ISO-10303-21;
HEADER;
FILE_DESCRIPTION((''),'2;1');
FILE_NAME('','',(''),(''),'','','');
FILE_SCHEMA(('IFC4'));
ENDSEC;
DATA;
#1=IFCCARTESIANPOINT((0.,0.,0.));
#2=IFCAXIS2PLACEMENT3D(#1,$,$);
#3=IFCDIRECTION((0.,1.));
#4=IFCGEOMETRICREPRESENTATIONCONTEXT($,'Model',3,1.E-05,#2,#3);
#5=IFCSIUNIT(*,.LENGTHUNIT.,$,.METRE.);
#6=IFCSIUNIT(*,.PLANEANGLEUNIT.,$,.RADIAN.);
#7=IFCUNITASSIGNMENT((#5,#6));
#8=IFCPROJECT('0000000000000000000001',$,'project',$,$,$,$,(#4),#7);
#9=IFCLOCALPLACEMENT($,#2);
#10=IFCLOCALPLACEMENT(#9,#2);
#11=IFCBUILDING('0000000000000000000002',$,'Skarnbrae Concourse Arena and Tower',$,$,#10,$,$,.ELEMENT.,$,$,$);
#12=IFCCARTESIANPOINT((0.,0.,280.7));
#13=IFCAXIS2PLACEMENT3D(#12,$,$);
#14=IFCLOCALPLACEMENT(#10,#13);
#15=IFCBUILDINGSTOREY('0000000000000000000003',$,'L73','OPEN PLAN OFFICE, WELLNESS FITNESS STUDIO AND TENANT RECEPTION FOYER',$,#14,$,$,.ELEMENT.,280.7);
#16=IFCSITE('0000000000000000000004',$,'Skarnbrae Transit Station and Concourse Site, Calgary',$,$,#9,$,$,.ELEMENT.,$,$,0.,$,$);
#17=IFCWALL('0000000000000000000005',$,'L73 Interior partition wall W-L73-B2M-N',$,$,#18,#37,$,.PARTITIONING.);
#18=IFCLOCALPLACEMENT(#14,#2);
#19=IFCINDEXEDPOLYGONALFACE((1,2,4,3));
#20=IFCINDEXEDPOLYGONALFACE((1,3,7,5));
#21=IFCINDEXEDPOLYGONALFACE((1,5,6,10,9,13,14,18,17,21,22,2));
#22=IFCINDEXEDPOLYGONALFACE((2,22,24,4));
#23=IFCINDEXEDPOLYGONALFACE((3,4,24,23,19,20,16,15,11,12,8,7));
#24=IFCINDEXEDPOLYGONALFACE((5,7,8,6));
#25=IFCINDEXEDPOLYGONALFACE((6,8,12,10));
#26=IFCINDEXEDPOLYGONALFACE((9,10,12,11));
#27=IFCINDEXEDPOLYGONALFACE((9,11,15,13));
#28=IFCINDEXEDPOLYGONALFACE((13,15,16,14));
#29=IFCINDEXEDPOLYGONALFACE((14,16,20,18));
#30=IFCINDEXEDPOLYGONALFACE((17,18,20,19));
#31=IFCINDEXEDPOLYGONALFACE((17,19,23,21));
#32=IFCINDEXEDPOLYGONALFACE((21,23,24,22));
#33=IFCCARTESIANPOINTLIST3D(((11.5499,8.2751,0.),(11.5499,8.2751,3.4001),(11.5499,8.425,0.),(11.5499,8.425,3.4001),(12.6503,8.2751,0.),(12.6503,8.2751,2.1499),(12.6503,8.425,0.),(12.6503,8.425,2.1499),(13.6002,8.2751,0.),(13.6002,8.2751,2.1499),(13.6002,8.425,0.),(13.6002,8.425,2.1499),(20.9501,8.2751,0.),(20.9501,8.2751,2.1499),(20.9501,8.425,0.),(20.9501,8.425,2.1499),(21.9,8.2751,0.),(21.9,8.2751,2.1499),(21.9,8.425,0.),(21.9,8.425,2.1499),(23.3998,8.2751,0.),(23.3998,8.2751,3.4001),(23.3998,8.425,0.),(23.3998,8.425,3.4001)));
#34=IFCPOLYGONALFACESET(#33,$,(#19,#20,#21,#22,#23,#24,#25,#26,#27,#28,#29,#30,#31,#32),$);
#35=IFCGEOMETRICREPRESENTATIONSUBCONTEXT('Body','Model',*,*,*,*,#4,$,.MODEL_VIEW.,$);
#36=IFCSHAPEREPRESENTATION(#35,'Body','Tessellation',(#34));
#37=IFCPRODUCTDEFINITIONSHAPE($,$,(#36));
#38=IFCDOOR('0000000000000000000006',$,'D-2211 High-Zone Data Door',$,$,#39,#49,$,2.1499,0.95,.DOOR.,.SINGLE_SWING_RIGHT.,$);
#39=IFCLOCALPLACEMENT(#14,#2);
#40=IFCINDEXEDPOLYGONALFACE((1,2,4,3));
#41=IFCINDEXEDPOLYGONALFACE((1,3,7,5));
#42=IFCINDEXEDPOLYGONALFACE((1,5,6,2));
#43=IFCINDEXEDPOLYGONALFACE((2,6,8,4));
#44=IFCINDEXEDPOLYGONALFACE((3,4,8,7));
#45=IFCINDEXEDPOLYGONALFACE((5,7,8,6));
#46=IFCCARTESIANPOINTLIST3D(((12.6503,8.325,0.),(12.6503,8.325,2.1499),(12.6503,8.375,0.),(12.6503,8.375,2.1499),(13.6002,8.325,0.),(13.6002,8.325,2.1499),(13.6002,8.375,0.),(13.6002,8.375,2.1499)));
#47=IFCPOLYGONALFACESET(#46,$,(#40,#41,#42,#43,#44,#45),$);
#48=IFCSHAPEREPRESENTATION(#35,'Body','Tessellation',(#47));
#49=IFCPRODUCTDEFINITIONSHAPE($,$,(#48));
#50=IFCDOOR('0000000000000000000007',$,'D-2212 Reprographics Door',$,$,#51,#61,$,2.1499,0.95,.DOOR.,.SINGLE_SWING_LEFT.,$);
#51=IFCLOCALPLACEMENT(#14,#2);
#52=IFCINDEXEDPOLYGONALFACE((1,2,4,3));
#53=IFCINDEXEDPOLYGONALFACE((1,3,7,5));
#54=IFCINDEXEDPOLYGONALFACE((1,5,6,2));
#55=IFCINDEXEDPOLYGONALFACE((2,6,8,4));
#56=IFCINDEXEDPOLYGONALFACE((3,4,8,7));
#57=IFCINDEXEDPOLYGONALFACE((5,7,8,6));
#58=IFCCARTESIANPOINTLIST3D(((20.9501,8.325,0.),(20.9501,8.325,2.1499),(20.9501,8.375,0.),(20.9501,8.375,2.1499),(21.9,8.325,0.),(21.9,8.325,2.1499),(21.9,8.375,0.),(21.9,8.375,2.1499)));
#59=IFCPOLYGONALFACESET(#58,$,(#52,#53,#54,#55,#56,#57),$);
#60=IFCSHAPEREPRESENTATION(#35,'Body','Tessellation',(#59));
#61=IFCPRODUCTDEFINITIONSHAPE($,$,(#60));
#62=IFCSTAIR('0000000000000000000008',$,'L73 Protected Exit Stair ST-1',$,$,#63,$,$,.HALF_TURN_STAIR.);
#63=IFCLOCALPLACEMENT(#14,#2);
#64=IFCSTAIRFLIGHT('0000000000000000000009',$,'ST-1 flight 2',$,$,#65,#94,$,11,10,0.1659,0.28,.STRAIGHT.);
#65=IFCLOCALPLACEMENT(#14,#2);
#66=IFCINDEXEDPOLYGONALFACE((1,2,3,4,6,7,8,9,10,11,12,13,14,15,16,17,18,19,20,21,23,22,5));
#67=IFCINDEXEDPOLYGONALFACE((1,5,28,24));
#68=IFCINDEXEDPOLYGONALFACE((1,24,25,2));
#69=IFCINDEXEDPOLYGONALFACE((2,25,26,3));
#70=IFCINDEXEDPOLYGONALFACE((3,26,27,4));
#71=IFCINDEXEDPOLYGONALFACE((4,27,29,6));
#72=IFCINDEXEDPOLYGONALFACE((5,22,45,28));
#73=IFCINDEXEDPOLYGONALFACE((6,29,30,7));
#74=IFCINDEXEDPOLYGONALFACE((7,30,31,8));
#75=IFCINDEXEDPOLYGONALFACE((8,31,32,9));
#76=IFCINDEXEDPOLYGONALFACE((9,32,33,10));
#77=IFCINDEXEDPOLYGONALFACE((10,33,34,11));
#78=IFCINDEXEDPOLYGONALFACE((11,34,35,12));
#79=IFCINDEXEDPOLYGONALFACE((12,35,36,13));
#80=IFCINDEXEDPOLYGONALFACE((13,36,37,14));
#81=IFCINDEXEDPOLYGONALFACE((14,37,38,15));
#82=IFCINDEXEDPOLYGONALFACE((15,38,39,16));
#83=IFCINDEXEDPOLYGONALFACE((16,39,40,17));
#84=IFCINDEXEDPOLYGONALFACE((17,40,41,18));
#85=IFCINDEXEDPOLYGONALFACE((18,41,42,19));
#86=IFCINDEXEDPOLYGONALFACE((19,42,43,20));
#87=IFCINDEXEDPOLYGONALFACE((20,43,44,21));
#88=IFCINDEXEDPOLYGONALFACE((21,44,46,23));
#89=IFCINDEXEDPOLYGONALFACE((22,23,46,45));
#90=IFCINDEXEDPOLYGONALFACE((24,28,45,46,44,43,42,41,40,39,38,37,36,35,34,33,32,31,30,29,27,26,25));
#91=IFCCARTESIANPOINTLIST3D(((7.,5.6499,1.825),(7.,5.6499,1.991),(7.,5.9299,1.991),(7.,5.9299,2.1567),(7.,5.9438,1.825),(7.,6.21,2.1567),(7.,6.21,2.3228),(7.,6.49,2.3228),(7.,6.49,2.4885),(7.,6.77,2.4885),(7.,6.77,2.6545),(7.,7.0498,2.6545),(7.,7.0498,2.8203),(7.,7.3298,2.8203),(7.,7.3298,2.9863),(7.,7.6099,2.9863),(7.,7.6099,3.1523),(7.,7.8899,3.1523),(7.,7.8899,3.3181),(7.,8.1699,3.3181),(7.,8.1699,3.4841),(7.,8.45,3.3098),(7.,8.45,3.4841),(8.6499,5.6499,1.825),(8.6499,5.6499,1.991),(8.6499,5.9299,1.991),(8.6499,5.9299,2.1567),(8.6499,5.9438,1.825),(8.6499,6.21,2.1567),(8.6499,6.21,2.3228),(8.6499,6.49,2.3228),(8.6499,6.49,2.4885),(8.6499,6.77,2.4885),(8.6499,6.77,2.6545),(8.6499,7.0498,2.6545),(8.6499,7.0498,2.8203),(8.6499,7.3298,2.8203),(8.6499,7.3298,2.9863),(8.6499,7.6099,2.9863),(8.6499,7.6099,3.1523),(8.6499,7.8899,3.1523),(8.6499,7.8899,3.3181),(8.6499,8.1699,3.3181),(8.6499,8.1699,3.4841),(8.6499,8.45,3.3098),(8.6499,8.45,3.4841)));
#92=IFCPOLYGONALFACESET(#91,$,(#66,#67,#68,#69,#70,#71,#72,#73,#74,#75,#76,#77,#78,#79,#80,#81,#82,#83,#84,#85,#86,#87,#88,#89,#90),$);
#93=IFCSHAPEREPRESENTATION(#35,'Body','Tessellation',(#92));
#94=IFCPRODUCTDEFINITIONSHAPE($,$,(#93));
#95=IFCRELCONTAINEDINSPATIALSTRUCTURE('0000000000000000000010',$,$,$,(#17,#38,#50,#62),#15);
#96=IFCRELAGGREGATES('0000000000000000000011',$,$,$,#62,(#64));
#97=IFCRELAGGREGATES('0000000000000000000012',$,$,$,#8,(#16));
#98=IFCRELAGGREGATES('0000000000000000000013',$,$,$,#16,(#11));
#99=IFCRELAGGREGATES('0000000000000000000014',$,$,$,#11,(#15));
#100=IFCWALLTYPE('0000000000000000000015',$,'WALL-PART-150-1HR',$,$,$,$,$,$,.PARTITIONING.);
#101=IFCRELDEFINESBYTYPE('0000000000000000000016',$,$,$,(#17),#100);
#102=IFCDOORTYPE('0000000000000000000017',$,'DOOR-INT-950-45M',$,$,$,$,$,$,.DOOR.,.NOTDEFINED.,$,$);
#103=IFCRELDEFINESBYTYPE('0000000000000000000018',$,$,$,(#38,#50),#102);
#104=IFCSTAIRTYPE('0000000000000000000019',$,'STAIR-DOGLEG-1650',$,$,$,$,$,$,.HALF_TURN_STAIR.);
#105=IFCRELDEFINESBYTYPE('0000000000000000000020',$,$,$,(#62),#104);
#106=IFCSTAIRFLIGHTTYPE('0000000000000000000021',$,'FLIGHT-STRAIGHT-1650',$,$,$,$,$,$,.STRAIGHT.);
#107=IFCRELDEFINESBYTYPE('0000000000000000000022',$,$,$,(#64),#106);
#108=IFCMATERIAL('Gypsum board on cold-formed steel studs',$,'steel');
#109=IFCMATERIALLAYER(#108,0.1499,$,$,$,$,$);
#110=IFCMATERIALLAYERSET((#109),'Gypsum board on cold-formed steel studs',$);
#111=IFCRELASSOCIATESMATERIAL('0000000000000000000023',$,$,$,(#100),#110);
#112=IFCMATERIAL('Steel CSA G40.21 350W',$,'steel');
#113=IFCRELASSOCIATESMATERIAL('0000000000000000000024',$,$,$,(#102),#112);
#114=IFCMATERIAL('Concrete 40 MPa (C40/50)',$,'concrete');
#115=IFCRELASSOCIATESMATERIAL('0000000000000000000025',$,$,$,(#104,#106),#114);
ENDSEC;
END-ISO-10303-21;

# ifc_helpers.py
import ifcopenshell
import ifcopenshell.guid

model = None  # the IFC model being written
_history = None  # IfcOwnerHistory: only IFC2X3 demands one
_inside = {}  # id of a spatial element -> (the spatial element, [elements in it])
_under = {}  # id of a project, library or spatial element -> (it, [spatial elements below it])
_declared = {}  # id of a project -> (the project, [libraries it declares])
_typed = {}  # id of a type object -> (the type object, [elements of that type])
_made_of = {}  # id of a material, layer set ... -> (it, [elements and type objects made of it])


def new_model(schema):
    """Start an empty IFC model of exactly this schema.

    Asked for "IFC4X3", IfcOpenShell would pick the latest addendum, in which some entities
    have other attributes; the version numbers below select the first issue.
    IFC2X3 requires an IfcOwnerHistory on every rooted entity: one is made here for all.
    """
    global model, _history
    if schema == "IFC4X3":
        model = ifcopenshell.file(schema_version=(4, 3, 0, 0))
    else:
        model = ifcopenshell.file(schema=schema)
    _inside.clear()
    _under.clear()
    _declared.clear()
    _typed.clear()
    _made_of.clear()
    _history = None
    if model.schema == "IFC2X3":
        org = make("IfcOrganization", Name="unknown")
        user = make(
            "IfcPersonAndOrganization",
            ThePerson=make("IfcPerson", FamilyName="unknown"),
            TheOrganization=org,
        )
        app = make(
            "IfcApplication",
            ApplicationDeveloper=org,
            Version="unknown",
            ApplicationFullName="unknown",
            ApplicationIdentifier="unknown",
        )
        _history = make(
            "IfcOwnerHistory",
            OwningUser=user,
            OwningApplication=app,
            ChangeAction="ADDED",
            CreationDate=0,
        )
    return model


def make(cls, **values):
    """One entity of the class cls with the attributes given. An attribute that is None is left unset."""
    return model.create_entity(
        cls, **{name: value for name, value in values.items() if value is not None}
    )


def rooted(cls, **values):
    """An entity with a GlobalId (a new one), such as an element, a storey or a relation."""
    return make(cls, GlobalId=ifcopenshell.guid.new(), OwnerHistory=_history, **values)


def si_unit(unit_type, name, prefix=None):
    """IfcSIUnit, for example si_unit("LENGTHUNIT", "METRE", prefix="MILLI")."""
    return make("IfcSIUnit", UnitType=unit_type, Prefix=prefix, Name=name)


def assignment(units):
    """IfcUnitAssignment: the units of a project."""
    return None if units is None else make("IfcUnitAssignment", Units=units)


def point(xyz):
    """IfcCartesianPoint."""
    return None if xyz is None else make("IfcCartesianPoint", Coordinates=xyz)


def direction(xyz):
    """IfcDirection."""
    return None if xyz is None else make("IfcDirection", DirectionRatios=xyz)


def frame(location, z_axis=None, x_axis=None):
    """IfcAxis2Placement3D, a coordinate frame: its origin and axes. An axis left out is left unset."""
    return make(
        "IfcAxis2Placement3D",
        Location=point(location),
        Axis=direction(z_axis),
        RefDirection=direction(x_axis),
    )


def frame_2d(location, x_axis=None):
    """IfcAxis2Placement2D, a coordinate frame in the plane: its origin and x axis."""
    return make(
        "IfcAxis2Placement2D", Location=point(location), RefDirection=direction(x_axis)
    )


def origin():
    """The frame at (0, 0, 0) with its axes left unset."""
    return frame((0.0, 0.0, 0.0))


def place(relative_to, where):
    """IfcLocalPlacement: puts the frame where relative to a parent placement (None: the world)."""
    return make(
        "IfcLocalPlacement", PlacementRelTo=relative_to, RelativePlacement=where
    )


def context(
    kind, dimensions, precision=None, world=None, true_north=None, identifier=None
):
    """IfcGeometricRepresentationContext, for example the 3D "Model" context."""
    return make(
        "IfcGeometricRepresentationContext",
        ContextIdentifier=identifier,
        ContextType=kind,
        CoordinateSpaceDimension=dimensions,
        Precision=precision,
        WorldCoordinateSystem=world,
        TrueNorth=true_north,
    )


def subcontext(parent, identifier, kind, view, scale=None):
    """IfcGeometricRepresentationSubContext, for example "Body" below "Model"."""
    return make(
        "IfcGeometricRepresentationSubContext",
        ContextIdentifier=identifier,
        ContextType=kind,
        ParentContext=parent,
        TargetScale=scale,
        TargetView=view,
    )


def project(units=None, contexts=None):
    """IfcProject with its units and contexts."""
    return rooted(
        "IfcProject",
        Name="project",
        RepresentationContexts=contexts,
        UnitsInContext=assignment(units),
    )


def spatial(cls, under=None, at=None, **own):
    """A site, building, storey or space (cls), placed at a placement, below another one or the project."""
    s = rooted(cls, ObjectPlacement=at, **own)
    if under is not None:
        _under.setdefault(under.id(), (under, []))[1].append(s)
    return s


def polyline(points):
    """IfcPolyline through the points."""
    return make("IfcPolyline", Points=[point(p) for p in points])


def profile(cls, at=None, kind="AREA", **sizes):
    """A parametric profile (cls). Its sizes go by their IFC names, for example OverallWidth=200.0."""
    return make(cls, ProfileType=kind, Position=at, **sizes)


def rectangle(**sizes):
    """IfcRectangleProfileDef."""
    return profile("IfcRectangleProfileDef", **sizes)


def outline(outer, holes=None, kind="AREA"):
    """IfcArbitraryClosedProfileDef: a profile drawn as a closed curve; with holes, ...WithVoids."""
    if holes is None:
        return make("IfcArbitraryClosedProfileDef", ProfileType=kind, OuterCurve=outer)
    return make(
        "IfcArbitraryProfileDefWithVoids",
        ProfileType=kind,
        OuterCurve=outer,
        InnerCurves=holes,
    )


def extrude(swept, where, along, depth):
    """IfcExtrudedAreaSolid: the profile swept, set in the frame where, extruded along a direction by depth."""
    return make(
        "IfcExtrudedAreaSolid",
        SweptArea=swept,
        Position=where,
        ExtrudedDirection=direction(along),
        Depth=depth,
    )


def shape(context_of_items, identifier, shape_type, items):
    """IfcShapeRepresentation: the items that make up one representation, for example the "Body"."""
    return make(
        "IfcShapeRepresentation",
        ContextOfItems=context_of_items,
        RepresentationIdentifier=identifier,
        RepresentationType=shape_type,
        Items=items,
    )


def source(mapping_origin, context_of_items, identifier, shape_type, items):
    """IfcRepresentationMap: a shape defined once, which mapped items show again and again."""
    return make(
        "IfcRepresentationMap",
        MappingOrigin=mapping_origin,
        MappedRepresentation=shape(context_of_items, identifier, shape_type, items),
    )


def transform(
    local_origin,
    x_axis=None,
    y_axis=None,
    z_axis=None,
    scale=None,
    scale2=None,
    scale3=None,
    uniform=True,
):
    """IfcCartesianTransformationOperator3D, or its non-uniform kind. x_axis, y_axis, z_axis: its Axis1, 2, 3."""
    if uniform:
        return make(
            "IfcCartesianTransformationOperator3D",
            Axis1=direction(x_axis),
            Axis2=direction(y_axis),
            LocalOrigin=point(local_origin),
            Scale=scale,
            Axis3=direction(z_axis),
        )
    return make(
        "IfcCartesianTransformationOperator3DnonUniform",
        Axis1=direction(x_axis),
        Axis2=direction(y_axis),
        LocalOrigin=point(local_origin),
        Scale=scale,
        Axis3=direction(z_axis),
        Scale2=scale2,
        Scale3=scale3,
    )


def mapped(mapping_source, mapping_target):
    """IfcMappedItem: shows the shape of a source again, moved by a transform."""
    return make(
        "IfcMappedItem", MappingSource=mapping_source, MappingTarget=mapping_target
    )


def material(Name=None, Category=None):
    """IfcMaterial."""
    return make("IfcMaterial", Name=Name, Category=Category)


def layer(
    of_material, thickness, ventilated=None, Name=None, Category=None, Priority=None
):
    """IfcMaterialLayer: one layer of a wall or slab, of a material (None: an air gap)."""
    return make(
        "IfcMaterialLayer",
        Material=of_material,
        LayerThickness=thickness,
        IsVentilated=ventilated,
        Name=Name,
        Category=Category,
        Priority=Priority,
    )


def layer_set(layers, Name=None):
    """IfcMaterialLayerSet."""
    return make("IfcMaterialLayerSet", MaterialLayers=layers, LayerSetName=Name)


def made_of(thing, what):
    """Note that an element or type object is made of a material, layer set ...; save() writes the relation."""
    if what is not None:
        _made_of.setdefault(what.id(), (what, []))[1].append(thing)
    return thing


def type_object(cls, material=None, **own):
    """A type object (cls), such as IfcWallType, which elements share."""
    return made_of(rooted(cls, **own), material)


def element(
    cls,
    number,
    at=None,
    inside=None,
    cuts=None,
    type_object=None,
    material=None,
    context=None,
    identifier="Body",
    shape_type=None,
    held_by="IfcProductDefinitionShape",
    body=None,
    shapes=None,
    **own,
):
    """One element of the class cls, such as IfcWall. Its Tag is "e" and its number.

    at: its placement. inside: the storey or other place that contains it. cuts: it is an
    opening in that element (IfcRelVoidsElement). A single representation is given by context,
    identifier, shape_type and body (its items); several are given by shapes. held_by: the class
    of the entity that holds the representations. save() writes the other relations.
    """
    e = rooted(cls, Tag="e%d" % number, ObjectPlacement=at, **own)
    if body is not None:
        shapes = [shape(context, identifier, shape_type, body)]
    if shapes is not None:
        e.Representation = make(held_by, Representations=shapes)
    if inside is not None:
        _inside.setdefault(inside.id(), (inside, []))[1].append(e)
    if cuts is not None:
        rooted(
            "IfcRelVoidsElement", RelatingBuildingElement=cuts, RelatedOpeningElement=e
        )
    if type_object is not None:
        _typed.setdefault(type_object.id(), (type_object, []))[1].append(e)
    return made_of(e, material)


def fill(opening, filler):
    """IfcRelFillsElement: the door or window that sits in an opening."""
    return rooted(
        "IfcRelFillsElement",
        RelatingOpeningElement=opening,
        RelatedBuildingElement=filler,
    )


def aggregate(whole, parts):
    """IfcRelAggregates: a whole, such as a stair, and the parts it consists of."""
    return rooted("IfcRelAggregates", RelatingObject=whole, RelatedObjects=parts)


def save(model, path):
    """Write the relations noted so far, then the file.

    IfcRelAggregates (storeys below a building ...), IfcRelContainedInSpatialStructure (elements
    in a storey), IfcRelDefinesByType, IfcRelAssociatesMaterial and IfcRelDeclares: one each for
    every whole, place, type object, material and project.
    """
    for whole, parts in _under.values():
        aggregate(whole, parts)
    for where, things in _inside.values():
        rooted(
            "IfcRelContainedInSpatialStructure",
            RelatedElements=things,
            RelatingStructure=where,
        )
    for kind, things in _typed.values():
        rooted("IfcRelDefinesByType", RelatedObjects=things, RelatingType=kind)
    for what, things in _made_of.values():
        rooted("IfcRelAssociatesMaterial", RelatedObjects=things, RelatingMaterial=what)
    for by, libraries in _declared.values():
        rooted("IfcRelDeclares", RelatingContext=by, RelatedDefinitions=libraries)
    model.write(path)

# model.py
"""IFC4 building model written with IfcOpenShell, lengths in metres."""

from ifc_helpers import new_model, si_unit, direction, frame, frame_2d, origin, place, context, subcontext, project, spatial, polyline, rectangle, outline, extrude, source, transform, mapped, material, layer, layer_set, type_object, element, fill, aggregate, save


model = new_model("IFC4")

# Units and contexts
model_context = context("Model", 3, precision=1e-05, world=origin(), true_north=direction((0.0, 1.0)))
body_context = subcontext(model_context, "Body", "Model", "MODEL_VIEW")
ifc_project = project(units=[si_unit("LENGTHUNIT", "METRE"), si_unit("PLANEANGLEUNIT", "RADIAN")], contexts=[model_context])

# Site, building, storey
site_placement = place(None, origin())
site = spatial("IfcSite", under=ifc_project, at=site_placement, Name="Skarnbrae Transit Station and Concourse Site, Calgary", CompositionType="ELEMENT", RefElevation=0.0)
building_placement = place(site_placement, origin())
building = spatial("IfcBuilding", under=site, at=building_placement, Name="Skarnbrae Concourse Arena and Tower", CompositionType="ELEMENT")
storey_placement = place(building_placement, frame((0.0, 0.0, 280.7)))
storey = spatial("IfcBuildingStorey", under=building, at=storey_placement, Name="L73", Description="OPEN PLAN OFFICE, WELLNESS FITNESS STUDIO AND TENANT RECEPTION FOYER", CompositionType="ELEMENT", Elevation=280.7)

# Shared definitions
ifc_material_1 = material(Name="Gypsum board on cold-formed steel studs", Category="steel")

# Shared definitions
ifc_material_2 = material(Name="Steel CSA G40.21 350W", Category="steel")

# Shared definitions
ifc_layer_1 = layer(ifc_material_1, 0.1499)
ifc_layer_set_1 = layer_set([ifc_layer_1], Name="Gypsum board on cold-formed steel studs")
wall_type_1 = type_object("IfcWallType", Name="WALL-PART-150-1HR", PredefinedType="PARTITIONING", material=ifc_layer_set_1)

# Shared definitions
door_type_1 = type_object("IfcDoorType", Name="DOOR-INT-950-45M", OperationType="NOTDEFINED", PredefinedType="DOOR", material=ifc_material_2)
shared_shape_1 = source(origin(), body_context, "Body", "SweptSolid", [
    extrude(rectangle(XDim=0.95, YDim=2.1499, at=frame_2d((0.4751, 1.075))), frame((0.0, 0.0249, 0.0), z_axis=(0.0, -1.0, 0.0), x_axis=(1.0, 0.0, 0.0)), (0.0, 0.0, 1.0), 0.05),
])

# Shared definitions
shared_shape_2 = source(origin(), body_context, "Body", "SweptSolid", [
    extrude(rectangle(XDim=11.8499, YDim=0.1499, at=frame_2d((5.9248, 0.0))), origin(), (0.0, 0.0, 1.0), 3.4001),
])

# Wall, openings, doors
wall_1_placement = place(storey_placement, frame((11.55, 8.3501, 0.0), z_axis=(0.0, 0.0, 1.0), x_axis=(1.0, 0.0, 0.0)))
wall_1 = element("IfcWall", 1, at=wall_1_placement, inside=storey, type_object=wall_type_1, Name="L73 Interior partition wall W-L73-B2M-N", PredefinedType="PARTITIONING", context=body_context, shape_type="MappedRepresentation", body=[
    mapped(shared_shape_2, transform((0.0, 0.0, 0.0))),
])
opening_1_placement = place(wall_1_placement, frame((1.1001, 0.0, 0.0)))
opening_1 = element("IfcOpeningElement", 2, at=opening_1_placement, cuts=wall_1, PredefinedType="OPENING", context=body_context, shape_type="SweptSolid", body=[
    extrude(rectangle(XDim=0.95, YDim=2.1499, at=frame_2d((0.4751, 1.075))), frame((0.0, 0.085, 0.0), z_axis=(0.0, -1.0, 0.0), x_axis=(1.0, 0.0, 0.0)), (0.0, 0.0, 1.0), 0.1699),
])
opening_2_placement = place(wall_1_placement, frame((9.3999, 0.0, 0.0)))
opening_2 = element("IfcOpeningElement", 3, at=opening_2_placement, cuts=wall_1, PredefinedType="OPENING", context=body_context, shape_type="SweptSolid", body=[
    extrude(rectangle(XDim=0.95, YDim=2.1499, at=frame_2d((0.4751, 1.075))), frame((0.0, 0.085, 0.0), z_axis=(0.0, -1.0, 0.0), x_axis=(1.0, 0.0, 0.0)), (0.0, 0.0, 1.0), 0.1699),
])
door_1_placement = place(opening_1_placement, origin())
door_1 = element("IfcDoor", 4, at=door_1_placement, inside=storey, type_object=door_type_1, Name="D-2211 High-Zone Data Door", OperationType="SINGLE_SWING_RIGHT", OverallHeight=2.1499, OverallWidth=0.95, PredefinedType="DOOR", context=body_context, shape_type="MappedRepresentation", body=[
    mapped(shared_shape_1, transform((0.0, 0.0, 0.0))),
])
fill(opening_1, door_1)
door_2_placement = place(opening_2_placement, origin())
door_2 = element("IfcDoor", 5, at=door_2_placement, inside=storey, type_object=door_type_1, Name="D-2212 Reprographics Door", OperationType="SINGLE_SWING_LEFT", OverallHeight=2.1499, OverallWidth=0.95, PredefinedType="DOOR", context=body_context, shape_type="MappedRepresentation", body=[
    mapped(shared_shape_1, transform((0.0, 0.0, 0.0))),
])
fill(opening_2, door_2)

# Stair, stair flight
ifc_material_3 = material(Name="Concrete 40 MPa (C40/50)", Category="concrete")
stair_type = type_object("IfcStairType", Name="STAIR-DOGLEG-1650", PredefinedType="HALF_TURN_STAIR", material=ifc_material_3)
stair_placement = place(storey_placement, origin())
stair = element("IfcStair", 6, at=stair_placement, inside=storey, type_object=stair_type, Name="L73 Protected Exit Stair ST-1", PredefinedType="HALF_TURN_STAIR")
stair_flight_type = type_object("IfcStairFlightType", Name="FLIGHT-STRAIGHT-1650", PredefinedType="STRAIGHT", material=ifc_material_3)
shared_shape_3 = source(origin(), body_context, "Body", "SweptSolid", [
    extrude(outline(polyline([(0.0, 0.0), (0.0, 0.166), (0.28, 0.166), (0.28, 0.3318), (0.5601, 0.3318), (0.5601, 0.4978), (0.8401, 0.4978), (0.8401, 0.6636), (1.1201, 0.6636), (1.1201, 0.8296), (1.3999, 0.8296), (1.3999, 0.9954), (1.6799, 0.9954), (1.6799, 1.1614), (1.96, 1.1614), (1.96, 1.3274), (2.24, 1.3274), (2.24, 1.4932), (2.52, 1.4932), (2.52, 1.6592), (2.8, 1.6592), (2.8, 1.825), (2.8, 1.4849), (0.2939, 0.0), (0.0, 0.0)])), frame((0.0, 0.825, 0.0), z_axis=(0.0, -1.0, 0.0), x_axis=(1.0, 0.0, 0.0)), (0.0, 0.0, 1.0), 1.6499),
])
stair_flight_placement = place(storey_placement, frame((7.825, 5.6499, 1.825), z_axis=(0.0, 0.0, 1.0), x_axis=(0.0, 1.0, 0.0)))
stair_flight = element("IfcStairFlight", 7, at=stair_flight_placement, type_object=stair_flight_type, Name="ST-1 flight 2", NumberOfRisers=11, NumberOfTreads=10, PredefinedType="STRAIGHT", RiserHeight=0.1659, TreadLength=0.28, context=body_context, shape_type="MappedRepresentation", body=[
    mapped(shared_shape_3, transform((0.0, 0.0, 0.0))),
])
aggregate(stair, [stair_flight])

save(model, "model.ifc")
